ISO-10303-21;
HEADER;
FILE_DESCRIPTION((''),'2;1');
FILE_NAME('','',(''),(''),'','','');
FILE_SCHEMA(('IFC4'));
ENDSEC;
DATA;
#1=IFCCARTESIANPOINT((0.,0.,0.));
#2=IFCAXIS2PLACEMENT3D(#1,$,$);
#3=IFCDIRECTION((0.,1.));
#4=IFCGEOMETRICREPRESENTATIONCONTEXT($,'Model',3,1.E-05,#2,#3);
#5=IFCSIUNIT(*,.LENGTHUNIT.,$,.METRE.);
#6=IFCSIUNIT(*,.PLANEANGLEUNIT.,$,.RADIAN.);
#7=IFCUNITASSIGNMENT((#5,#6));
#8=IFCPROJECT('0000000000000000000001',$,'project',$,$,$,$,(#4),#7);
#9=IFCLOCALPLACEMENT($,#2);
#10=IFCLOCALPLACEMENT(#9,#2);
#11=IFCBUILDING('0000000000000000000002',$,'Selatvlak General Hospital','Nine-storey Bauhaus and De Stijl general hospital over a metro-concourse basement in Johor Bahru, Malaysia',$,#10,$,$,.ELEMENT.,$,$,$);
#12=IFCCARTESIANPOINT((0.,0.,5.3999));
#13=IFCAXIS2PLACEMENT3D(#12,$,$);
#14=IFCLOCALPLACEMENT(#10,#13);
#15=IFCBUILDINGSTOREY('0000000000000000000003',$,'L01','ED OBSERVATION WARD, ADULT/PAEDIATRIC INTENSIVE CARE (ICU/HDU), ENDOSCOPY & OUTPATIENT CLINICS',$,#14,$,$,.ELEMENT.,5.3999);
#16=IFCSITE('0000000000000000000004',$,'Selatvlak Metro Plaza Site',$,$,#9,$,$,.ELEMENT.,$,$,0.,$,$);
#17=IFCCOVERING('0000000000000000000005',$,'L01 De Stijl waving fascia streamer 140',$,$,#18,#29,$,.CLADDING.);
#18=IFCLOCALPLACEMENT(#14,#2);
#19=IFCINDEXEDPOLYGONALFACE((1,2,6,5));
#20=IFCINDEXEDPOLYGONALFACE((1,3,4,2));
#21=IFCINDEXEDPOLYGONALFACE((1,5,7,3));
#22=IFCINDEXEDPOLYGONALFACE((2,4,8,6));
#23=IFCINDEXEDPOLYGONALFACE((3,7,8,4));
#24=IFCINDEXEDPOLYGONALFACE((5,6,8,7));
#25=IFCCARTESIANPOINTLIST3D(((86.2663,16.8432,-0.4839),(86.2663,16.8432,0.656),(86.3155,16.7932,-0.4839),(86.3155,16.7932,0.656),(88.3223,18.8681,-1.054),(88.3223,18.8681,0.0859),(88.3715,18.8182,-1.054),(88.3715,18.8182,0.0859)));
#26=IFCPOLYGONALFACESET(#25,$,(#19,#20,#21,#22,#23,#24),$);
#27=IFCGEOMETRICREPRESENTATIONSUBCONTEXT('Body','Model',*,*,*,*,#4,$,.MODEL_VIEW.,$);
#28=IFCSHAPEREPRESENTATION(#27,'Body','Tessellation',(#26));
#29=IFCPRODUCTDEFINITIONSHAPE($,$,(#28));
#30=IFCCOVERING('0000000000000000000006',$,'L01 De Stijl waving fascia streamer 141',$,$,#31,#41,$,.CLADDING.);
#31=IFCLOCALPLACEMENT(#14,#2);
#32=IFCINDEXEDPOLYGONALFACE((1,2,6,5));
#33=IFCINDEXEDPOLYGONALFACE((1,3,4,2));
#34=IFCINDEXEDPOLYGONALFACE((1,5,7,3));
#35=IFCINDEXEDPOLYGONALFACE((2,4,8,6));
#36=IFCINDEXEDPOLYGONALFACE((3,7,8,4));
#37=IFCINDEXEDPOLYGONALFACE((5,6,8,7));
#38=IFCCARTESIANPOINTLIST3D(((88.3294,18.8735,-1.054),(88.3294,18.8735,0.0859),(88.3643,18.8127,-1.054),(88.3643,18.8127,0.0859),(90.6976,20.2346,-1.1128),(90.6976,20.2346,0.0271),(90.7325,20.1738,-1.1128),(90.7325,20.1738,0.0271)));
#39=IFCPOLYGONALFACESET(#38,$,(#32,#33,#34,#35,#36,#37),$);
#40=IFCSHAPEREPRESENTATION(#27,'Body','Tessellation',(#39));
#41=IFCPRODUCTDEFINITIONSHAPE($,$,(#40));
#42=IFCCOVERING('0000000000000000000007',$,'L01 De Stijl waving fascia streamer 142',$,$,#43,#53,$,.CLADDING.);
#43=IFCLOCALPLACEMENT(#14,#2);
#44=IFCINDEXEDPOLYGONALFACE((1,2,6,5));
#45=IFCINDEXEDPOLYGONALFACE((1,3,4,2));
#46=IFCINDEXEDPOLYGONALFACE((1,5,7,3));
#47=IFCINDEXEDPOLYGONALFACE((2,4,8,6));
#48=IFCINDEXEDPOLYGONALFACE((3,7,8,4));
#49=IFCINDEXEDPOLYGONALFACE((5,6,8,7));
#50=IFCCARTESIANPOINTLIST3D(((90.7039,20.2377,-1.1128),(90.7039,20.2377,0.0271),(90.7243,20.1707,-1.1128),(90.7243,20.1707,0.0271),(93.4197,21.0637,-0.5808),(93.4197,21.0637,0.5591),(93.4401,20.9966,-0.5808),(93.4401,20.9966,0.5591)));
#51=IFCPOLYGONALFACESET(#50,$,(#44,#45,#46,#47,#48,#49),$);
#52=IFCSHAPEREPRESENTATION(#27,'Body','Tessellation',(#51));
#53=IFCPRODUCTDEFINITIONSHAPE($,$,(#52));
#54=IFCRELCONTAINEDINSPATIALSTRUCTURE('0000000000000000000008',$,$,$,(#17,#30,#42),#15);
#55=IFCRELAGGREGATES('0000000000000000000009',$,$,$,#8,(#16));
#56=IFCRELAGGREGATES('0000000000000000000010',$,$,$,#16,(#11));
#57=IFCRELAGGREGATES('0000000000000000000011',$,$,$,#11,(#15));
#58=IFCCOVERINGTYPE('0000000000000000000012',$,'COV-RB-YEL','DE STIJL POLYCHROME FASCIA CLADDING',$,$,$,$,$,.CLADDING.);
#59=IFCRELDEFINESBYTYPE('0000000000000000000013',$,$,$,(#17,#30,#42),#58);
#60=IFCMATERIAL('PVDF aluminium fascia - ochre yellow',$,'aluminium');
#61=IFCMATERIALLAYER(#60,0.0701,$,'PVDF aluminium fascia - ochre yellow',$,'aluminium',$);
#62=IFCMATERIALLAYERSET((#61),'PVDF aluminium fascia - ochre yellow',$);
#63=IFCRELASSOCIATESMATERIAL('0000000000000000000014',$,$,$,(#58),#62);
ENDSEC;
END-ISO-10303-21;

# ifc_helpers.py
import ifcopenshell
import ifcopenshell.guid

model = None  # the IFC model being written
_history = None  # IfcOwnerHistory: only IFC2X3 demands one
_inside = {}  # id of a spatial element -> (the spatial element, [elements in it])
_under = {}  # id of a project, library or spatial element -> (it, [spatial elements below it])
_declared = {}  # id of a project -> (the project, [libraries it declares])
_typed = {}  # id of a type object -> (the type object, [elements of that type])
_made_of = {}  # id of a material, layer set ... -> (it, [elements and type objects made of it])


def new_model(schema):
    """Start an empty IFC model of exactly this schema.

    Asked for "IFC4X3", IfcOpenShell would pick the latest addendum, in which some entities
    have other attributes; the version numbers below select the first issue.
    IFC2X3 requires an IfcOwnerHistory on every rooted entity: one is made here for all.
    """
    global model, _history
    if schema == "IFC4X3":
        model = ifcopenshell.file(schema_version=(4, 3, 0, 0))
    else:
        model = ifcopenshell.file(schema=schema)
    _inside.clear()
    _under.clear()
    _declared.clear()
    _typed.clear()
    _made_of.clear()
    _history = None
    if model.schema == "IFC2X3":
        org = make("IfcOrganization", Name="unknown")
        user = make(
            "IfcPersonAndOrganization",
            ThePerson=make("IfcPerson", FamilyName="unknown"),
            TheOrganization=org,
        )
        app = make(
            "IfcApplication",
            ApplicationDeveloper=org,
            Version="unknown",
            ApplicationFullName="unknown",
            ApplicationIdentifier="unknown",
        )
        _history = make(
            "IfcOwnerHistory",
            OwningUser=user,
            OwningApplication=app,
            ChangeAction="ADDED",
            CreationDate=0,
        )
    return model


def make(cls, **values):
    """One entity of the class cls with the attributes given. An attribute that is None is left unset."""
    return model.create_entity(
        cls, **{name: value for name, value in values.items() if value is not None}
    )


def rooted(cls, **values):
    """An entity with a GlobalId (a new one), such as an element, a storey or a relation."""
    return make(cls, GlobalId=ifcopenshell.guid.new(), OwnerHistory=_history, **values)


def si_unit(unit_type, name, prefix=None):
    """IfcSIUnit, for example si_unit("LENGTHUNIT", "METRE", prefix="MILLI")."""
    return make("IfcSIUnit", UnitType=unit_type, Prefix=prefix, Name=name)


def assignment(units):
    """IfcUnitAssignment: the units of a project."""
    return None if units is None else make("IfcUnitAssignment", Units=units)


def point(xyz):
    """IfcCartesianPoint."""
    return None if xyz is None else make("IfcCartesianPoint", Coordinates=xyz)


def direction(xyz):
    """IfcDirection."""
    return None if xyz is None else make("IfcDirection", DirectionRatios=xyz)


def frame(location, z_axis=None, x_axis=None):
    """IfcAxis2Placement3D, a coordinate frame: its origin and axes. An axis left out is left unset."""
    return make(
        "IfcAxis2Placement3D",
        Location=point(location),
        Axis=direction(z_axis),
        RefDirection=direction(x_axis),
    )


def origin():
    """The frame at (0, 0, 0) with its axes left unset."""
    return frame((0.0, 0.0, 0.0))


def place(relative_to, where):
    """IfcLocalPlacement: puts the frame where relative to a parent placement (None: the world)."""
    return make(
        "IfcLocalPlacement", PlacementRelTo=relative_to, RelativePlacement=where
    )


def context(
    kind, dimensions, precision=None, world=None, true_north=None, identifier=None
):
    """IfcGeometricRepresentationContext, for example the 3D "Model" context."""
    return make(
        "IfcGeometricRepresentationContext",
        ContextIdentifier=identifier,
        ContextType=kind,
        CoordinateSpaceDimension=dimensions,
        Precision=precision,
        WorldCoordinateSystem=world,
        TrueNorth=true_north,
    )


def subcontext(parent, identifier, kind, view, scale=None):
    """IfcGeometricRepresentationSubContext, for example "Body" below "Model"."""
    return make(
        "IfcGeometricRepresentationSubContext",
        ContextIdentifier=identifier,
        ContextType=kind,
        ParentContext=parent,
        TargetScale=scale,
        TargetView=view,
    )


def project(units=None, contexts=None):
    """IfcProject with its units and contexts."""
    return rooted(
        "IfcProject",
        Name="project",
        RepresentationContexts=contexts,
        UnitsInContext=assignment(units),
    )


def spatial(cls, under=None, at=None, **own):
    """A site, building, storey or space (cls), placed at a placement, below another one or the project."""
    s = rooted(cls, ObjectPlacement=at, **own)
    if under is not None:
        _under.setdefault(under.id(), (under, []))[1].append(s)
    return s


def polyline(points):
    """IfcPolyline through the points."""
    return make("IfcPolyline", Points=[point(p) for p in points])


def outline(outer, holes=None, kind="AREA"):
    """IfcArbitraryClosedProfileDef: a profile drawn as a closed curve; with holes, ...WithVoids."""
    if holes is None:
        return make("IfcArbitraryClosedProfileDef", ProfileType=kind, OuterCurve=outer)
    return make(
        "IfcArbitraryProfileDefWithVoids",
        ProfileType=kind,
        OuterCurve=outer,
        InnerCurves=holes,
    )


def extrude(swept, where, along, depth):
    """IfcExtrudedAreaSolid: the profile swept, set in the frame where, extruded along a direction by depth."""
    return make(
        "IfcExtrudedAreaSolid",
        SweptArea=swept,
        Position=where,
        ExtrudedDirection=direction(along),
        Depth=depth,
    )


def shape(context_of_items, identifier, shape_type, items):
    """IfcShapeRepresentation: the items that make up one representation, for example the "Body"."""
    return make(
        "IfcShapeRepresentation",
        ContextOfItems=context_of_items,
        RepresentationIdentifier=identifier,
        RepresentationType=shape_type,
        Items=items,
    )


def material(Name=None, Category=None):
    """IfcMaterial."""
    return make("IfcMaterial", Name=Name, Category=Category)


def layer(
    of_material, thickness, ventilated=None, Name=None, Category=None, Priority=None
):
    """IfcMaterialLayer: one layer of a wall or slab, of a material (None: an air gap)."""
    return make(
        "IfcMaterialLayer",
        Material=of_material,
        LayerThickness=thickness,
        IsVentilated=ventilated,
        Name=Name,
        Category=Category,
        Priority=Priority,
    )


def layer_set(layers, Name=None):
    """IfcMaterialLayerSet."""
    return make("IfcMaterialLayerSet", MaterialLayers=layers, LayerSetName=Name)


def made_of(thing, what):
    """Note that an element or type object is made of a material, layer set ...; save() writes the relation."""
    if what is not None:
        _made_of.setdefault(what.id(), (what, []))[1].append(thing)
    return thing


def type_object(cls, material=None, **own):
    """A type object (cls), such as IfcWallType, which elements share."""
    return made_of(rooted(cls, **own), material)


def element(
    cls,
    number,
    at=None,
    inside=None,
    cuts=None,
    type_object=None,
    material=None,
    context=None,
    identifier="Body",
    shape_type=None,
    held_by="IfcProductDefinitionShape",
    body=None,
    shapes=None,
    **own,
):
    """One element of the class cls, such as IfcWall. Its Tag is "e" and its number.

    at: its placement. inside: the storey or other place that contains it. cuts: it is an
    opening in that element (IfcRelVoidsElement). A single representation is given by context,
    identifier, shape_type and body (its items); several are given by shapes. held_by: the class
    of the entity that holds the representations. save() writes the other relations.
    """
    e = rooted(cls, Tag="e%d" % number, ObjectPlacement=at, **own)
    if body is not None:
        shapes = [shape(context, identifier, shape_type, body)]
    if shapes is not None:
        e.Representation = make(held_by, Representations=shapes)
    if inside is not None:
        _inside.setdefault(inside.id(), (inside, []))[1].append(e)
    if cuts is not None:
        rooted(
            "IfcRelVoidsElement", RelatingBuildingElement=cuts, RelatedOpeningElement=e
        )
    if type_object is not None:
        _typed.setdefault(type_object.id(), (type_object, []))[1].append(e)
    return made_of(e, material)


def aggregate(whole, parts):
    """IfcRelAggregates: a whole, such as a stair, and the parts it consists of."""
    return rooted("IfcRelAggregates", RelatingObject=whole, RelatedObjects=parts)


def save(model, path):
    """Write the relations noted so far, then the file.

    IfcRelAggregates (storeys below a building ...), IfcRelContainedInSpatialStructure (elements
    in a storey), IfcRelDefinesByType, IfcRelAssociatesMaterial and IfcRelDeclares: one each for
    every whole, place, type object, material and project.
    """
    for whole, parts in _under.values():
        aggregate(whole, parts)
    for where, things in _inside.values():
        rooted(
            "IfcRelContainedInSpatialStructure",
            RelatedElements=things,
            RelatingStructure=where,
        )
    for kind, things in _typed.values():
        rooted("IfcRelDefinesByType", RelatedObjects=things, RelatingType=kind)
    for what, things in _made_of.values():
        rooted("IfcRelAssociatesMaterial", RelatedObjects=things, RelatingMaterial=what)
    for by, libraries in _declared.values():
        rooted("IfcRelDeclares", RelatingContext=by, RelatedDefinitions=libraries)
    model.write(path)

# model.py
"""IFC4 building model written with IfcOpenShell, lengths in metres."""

from ifc_helpers import new_model, si_unit, direction, frame, origin, place, context, subcontext, project, spatial, polyline, outline, extrude, material, layer, layer_set, type_object, element, save


model = new_model("IFC4")

# Units and contexts
model_context = context("Model", 3, precision=1e-05, world=origin(), true_north=direction((0.0, 1.0)))
body_context = subcontext(model_context, "Body", "Model", "MODEL_VIEW")
ifc_project = project(units=[si_unit("LENGTHUNIT", "METRE"), si_unit("PLANEANGLEUNIT", "RADIAN")], contexts=[model_context])

# Site, building, storey
site_placement = place(None, origin())
site = spatial("IfcSite", under=ifc_project, at=site_placement, Name="Selatvlak Metro Plaza Site", CompositionType="ELEMENT", RefElevation=0.0)
building_placement = place(site_placement, origin())
building = spatial("IfcBuilding", under=site, at=building_placement, Name="Selatvlak General Hospital", Description="Nine-storey Bauhaus and De Stijl general hospital over a metro-concourse basement in Johor Bahru, Malaysia", CompositionType="ELEMENT")
storey_placement = place(building_placement, frame((0.0, 0.0, 5.3999)))
storey = spatial("IfcBuildingStorey", under=building, at=storey_placement, Name="L01", Description="ED OBSERVATION WARD, ADULT/PAEDIATRIC INTENSIVE CARE (ICU/HDU), ENDOSCOPY & OUTPATIENT CLINICS", CompositionType="ELEMENT", Elevation=5.3999)

# Coverings
ifc_material_1 = material(Name="PVDF aluminium fascia - ochre yellow", Category="aluminium")
ifc_layer_1 = layer(ifc_material_1, 0.0701, Name="PVDF aluminium fascia - ochre yellow", Category="aluminium")
ifc_layer_set_1 = layer_set([ifc_layer_1], Name="PVDF aluminium fascia - ochre yellow")
covering_type = type_object("IfcCoveringType", Name="COV-RB-YEL", Description="DE STIJL POLYCHROME FASCIA CLADDING", PredefinedType="CLADDING", material=ifc_layer_set_1)
covering_1_placement = place(storey_placement, frame((86.291, 16.8181, -0.4839), z_axis=(0.0, 0.0, 1.0), x_axis=(0.712459, 0.701714, 0.0)))
element("IfcCovering", 1, at=covering_1_placement, inside=storey, type_object=covering_type, Name="L01 De Stijl waving fascia streamer 140", PredefinedType="CLADDING", context=body_context, shape_type="SweptSolid", body=[
    extrude(outline(polyline([(0.0, 0.0), (2.8857, -0.5701), (2.8857, 0.5698), (0.0, 1.1399), (0.0, 0.0)])), frame((0.0, 0.0352, 0.0), z_axis=(0.0, -1.0, 0.0), x_axis=(1.0, 0.0, 0.0)), (0.0, 0.0, 1.0), 0.0701),
])
covering_2_placement = place(storey_placement, frame((88.3469, 18.843, -1.054), z_axis=(0.0, 0.0, 1.0), x_axis=(0.867003, 0.498303, 0.0)))
element("IfcCovering", 2, at=covering_2_placement, inside=storey, type_object=covering_type, Name="L01 De Stijl waving fascia streamer 141", PredefinedType="CLADDING", context=body_context, shape_type="SweptSolid", body=[
    extrude(outline(polyline([(0.0, 0.0), (2.7314, -0.0588), (2.7314, 1.0811), (0.0, 1.1399), (0.0, 0.0)])), frame((0.0, 0.0352, 0.0), z_axis=(0.0, -1.0, 0.0), x_axis=(1.0, 0.0, 0.0)), (0.0, 0.0, 1.0), 0.0701),
])
covering_3_placement = place(storey_placement, frame((90.7141, 20.2041, -1.1128), z_axis=(0.0, 0.0, 1.0), x_axis=(0.956735, 0.29096, 0.0)))
element("IfcCovering", 3, at=covering_3_placement, inside=storey, type_object=covering_type, Name="L01 De Stijl waving fascia streamer 142", PredefinedType="CLADDING", context=body_context, shape_type="SweptSolid", body=[
    extrude(outline(polyline([(0.0, 0.0), (2.8386, 0.532), (2.8386, 1.6719), (0.0, 1.1399), (0.0, 0.0)])), frame((0.0, 0.0352, 0.0), z_axis=(0.0, -1.0, 0.0), x_axis=(1.0, 0.0, 0.0)), (0.0, 0.0, 1.0), 0.0701),
])

save(model, "model.ifc")
